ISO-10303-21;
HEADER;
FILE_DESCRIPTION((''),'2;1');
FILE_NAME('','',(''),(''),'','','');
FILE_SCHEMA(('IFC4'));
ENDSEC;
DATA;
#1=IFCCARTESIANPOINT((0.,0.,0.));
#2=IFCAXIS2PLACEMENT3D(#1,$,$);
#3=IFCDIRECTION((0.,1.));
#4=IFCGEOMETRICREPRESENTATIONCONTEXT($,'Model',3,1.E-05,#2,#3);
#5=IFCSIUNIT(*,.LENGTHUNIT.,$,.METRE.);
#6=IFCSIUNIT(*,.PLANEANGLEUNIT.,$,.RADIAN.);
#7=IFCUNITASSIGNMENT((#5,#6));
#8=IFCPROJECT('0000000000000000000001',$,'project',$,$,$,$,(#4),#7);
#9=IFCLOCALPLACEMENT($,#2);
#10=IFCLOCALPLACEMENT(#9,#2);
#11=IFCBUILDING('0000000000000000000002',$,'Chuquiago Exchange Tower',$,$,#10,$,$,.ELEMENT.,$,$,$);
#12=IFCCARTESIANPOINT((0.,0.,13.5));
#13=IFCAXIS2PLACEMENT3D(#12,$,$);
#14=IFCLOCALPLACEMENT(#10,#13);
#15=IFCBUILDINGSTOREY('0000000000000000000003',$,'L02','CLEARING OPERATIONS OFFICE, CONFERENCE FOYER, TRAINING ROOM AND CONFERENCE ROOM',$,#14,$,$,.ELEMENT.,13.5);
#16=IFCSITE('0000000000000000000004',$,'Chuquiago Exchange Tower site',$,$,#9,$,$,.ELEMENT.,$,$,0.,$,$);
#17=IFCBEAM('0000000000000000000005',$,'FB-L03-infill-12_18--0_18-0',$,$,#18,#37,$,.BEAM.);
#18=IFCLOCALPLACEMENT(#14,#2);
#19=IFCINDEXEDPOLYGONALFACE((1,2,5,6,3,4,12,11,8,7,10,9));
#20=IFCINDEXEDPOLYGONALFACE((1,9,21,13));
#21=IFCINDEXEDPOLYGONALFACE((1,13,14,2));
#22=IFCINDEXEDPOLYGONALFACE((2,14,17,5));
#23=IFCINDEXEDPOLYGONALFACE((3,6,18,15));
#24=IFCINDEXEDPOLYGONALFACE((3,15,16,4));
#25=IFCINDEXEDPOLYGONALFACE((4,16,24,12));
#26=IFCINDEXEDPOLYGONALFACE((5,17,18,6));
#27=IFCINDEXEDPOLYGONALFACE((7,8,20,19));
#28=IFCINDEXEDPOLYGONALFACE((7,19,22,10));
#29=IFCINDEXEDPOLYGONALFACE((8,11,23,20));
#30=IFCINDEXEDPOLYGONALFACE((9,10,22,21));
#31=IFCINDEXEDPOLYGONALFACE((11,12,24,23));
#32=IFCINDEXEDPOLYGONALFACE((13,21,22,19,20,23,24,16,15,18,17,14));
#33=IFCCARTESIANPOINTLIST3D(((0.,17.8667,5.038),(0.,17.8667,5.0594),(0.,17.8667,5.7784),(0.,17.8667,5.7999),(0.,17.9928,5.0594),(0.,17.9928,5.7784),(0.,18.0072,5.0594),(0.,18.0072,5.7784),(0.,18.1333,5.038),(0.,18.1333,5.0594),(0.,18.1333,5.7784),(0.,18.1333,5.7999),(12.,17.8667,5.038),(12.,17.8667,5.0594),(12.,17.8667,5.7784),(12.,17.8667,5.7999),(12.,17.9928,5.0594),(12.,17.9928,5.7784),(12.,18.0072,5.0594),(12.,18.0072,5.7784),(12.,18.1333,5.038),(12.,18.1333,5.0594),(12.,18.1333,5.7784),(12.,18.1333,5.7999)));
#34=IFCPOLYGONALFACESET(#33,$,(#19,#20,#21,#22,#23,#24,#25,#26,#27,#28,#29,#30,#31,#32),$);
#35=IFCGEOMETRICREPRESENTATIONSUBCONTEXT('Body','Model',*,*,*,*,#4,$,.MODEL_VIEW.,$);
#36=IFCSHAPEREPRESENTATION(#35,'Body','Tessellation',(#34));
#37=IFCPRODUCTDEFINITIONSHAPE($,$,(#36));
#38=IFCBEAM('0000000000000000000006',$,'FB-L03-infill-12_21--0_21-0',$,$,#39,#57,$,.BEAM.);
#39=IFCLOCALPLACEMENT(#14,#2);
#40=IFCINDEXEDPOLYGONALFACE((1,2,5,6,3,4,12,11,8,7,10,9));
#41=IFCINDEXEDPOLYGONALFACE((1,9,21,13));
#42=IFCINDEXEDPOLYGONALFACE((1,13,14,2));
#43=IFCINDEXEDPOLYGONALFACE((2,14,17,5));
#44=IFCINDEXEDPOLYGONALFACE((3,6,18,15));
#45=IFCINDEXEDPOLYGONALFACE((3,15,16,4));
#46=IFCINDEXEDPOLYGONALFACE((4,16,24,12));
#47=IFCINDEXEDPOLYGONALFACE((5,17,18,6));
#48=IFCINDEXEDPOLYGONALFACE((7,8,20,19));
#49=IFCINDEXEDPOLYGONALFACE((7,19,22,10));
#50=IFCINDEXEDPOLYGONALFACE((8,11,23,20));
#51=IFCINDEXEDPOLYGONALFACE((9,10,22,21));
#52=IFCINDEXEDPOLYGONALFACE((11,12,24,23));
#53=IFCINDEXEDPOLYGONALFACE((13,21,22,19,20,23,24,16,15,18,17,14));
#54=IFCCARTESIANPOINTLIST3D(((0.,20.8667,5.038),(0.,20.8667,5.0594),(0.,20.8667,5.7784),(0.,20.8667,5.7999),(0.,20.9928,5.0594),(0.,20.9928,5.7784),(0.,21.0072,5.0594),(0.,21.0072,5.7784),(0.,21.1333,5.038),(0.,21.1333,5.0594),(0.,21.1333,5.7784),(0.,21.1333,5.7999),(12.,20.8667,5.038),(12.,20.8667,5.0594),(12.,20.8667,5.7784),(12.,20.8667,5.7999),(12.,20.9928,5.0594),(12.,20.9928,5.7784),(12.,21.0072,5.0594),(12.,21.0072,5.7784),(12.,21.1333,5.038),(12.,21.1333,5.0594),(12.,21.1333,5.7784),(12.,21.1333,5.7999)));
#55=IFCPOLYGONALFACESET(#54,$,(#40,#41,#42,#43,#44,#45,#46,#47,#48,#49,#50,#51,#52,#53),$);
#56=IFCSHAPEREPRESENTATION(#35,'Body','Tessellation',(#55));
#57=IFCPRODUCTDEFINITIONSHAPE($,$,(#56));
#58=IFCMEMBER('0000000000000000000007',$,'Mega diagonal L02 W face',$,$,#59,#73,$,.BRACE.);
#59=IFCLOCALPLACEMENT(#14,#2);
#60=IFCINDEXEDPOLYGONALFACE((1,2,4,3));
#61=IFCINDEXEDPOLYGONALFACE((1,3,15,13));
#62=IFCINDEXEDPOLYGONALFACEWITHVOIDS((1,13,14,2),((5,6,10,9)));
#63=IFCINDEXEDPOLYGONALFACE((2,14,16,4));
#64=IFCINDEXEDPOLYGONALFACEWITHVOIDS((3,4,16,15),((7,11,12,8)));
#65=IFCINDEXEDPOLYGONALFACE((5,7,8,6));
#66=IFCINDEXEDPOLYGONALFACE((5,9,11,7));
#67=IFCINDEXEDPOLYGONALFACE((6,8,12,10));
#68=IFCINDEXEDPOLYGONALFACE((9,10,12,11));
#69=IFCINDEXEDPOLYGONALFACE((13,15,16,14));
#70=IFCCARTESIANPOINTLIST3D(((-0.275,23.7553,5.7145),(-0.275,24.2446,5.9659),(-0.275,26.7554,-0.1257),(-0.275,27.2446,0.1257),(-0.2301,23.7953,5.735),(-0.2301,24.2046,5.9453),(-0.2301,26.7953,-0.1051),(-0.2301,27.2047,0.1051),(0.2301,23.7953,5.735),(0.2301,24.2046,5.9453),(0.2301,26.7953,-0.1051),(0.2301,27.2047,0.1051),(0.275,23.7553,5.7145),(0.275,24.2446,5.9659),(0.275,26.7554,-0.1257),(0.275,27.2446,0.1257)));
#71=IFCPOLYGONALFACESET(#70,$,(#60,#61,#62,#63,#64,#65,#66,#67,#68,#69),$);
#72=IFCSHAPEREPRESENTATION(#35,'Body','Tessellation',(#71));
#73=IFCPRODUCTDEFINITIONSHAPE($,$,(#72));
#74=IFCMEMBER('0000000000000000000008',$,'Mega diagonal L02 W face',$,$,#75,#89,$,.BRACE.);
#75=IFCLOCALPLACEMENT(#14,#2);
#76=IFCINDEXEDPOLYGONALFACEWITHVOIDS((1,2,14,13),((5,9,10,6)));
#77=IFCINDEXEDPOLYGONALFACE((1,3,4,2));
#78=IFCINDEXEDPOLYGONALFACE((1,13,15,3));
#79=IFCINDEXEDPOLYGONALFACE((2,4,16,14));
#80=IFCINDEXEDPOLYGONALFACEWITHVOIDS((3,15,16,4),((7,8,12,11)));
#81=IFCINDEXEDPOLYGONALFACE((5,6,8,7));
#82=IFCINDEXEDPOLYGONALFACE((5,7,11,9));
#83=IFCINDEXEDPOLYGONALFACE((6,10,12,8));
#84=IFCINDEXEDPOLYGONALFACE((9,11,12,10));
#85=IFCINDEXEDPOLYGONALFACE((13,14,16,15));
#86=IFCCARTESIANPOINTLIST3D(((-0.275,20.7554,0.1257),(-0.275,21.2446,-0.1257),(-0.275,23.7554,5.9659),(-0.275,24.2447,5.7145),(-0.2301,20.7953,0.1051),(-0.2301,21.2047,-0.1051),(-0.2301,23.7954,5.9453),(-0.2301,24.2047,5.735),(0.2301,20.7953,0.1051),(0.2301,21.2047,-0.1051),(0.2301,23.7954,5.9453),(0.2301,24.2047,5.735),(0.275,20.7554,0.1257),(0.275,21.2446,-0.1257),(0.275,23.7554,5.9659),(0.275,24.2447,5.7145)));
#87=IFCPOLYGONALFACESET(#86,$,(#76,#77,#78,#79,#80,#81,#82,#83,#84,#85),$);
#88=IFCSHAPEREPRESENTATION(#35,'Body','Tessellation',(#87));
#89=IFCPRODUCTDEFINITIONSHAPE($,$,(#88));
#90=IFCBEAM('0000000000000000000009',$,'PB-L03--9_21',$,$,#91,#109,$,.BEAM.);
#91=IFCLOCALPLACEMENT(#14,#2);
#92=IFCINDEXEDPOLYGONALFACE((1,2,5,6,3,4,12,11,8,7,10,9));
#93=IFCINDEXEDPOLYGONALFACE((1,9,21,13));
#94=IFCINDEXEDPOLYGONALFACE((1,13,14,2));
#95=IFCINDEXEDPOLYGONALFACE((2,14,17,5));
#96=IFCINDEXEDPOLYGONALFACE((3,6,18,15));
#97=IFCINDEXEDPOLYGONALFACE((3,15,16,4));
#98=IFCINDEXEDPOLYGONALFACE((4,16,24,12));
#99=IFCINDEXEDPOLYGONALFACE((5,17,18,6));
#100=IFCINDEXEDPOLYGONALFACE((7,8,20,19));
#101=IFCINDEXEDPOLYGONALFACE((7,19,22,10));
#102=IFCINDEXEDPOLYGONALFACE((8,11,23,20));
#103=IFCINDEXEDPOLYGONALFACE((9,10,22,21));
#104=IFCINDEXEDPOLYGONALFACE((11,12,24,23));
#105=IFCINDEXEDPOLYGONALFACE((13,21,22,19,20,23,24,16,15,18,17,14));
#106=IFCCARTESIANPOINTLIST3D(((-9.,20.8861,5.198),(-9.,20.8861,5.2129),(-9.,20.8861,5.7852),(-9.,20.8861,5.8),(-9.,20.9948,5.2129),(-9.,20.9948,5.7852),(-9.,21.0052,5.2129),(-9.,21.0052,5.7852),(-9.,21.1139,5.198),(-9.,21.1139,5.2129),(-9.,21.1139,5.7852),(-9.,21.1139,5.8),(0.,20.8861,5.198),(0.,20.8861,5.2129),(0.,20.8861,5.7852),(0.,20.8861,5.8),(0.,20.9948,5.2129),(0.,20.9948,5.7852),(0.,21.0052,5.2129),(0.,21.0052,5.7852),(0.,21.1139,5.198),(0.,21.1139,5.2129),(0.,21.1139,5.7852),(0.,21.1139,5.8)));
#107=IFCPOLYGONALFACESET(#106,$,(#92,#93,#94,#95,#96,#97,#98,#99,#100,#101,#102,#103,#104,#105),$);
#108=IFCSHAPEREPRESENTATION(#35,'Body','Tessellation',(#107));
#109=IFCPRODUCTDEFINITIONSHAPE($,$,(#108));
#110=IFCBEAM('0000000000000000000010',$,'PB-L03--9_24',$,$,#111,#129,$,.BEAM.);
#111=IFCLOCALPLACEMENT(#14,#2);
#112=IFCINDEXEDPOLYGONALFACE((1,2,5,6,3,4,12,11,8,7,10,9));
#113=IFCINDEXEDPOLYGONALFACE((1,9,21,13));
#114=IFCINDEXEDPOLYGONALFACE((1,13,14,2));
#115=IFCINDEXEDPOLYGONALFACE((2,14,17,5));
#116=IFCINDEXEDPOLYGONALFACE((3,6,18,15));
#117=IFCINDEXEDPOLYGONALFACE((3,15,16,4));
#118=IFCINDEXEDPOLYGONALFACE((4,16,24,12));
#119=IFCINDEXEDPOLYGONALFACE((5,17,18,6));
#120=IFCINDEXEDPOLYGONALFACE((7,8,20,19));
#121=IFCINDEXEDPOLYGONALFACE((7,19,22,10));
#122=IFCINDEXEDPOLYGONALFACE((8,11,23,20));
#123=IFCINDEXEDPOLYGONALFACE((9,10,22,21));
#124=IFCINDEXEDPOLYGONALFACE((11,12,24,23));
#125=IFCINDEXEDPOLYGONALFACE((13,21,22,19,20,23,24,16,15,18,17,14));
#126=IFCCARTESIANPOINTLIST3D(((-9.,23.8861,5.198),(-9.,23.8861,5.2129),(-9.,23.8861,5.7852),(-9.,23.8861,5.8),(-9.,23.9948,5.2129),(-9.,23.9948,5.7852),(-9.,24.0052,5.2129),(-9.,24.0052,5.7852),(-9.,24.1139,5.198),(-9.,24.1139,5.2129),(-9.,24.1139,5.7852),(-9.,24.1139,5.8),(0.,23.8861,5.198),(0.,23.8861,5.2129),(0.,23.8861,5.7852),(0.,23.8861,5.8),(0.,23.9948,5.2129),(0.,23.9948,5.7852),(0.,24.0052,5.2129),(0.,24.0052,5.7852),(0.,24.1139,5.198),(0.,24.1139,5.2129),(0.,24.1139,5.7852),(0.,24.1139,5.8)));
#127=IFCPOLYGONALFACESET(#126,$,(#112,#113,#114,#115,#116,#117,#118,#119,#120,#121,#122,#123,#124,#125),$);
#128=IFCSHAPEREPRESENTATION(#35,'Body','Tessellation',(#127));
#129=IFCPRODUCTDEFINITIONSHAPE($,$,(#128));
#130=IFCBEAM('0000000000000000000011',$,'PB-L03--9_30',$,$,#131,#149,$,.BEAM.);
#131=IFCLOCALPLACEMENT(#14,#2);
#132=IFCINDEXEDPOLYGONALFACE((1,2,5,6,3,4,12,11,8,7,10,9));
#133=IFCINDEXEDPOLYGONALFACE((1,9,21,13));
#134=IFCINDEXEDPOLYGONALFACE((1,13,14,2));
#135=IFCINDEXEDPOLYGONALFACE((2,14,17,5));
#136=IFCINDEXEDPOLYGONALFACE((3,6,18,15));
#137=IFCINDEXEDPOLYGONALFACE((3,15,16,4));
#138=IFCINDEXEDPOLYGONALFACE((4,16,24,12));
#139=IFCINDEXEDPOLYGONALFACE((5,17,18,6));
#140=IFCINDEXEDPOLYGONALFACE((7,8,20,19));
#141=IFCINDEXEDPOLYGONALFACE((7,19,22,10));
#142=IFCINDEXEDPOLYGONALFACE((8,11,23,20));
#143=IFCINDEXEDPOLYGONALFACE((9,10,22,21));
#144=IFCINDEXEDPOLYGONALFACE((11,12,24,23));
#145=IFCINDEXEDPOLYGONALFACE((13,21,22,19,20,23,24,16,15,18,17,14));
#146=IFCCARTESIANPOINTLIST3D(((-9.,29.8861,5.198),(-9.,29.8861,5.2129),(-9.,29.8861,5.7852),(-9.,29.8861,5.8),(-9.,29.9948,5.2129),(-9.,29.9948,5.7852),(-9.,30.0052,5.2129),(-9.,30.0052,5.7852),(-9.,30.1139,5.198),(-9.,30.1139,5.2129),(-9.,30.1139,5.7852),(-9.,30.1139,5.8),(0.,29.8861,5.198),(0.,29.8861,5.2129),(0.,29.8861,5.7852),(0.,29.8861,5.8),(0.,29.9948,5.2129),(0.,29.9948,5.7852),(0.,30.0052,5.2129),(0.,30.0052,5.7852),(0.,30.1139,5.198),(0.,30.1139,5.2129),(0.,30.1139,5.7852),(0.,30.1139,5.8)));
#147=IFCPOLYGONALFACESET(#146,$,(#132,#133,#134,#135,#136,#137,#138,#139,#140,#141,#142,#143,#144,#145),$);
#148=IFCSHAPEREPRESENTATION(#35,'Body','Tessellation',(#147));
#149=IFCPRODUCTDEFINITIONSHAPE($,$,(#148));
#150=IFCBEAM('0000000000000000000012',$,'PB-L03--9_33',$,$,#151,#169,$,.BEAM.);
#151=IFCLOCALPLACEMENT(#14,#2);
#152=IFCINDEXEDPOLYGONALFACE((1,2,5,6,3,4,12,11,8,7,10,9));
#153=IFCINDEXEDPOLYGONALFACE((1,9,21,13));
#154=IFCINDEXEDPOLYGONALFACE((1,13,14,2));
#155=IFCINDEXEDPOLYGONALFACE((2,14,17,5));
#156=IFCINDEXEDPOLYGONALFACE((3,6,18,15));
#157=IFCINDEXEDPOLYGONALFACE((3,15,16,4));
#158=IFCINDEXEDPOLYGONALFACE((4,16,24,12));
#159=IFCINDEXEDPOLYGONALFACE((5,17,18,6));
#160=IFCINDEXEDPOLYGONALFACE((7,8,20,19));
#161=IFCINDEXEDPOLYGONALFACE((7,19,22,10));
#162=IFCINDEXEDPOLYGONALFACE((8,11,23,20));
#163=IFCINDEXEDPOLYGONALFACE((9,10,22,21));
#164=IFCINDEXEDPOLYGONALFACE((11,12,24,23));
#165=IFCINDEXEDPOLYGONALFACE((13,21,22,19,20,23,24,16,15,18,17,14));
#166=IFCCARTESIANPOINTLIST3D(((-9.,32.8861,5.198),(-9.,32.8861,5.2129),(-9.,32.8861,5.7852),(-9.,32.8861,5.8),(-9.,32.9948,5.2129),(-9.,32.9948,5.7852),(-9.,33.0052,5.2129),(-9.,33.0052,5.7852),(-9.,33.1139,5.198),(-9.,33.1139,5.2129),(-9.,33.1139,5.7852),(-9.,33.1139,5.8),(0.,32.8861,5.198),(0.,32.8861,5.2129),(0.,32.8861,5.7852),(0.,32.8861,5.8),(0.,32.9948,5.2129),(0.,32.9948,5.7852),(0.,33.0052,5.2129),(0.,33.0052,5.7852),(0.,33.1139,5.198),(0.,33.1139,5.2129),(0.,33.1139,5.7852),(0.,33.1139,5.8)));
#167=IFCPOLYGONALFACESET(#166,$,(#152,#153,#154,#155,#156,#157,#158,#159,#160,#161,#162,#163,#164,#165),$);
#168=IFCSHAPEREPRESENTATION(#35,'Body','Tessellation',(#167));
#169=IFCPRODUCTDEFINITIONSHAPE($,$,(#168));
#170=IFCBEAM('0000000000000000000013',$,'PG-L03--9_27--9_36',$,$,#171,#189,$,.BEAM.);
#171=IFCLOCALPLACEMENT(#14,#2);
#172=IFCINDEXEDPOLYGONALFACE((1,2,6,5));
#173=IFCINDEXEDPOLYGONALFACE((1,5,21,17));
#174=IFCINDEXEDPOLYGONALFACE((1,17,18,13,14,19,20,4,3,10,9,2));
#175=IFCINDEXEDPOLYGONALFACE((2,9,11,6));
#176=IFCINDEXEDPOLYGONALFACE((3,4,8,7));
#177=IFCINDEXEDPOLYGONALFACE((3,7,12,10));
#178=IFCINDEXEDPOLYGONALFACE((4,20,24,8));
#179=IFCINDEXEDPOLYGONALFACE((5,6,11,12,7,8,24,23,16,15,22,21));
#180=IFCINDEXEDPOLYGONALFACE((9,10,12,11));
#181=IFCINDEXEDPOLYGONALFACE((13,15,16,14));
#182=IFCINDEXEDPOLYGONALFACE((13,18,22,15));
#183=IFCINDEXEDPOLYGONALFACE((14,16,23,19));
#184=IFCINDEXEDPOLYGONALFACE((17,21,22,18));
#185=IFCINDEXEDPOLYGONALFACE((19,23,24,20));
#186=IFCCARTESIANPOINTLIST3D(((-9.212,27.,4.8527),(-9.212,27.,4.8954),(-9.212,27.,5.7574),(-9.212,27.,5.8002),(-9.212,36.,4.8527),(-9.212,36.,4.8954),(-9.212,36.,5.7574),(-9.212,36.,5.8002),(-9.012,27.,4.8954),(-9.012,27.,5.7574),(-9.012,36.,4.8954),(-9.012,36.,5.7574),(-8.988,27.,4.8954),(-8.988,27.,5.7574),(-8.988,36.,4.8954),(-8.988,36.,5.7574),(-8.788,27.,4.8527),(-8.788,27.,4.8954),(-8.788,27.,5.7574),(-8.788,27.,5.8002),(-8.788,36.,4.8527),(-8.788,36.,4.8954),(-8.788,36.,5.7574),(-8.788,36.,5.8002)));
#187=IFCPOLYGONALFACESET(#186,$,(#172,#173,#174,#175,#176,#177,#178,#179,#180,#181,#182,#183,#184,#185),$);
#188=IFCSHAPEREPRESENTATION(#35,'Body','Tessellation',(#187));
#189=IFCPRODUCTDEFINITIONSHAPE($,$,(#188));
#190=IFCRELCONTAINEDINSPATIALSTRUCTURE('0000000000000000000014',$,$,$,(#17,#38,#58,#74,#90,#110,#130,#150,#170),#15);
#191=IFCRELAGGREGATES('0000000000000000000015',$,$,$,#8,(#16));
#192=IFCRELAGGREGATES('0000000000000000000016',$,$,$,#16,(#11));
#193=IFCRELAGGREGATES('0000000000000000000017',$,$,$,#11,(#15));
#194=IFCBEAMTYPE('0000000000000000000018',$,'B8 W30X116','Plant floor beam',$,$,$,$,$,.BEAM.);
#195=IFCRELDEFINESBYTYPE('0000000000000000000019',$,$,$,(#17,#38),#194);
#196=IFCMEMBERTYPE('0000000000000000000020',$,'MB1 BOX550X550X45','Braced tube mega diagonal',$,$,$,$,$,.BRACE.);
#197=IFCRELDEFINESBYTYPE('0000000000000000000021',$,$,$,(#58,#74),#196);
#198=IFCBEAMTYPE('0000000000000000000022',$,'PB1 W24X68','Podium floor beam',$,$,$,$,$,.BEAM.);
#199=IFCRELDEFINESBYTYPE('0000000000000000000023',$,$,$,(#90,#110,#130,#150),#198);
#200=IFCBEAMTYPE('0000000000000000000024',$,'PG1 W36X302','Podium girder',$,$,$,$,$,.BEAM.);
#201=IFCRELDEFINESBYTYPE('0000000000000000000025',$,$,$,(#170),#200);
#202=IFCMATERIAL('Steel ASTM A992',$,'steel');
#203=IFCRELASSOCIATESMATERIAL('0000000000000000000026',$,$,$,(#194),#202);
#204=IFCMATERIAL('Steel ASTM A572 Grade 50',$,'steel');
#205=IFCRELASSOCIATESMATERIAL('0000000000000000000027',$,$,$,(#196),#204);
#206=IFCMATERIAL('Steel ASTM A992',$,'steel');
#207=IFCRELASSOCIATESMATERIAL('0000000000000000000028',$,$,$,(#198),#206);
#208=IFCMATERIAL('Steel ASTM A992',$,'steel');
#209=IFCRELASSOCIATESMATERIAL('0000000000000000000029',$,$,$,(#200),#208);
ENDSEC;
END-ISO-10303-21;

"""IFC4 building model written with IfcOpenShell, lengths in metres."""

from ifc_helpers import new_model, si_unit, direction, frame, origin, origin_2d, place, context, subcontext, project, spatial, hollow_rectangle, i_section, extrude, material, material_profile, profile_set, type_object, element, save


model = new_model("IFC4")

# Units and contexts
model_context = context("Model", 3, precision=1e-05, world=origin(), true_north=direction((0.0, 1.0)))
body_context = subcontext(model_context, "Body", "Model", "MODEL_VIEW")
ifc_project = project(units=[si_unit("LENGTHUNIT", "METRE"), si_unit("PLANEANGLEUNIT", "RADIAN")], contexts=[model_context])

# Site, building, storey
site_placement = place(None, origin())
site = spatial("IfcSite", under=ifc_project, at=site_placement, Name="Chuquiago Exchange Tower site", CompositionType="ELEMENT", RefElevation=0.0)
building_placement = place(site_placement, origin())
building = spatial("IfcBuilding", under=site, at=building_placement, Name="Chuquiago Exchange Tower", CompositionType="ELEMENT")
storey_placement = place(building_placement, frame((0.0, 0.0, 13.5)))
storey = spatial("IfcBuildingStorey", under=building, at=storey_placement, Name="L02", Description="CLEARING OPERATIONS OFFICE, CONFERENCE FOYER, TRAINING ROOM AND CONFERENCE ROOM", CompositionType="ELEMENT", Elevation=13.5)

# Beams
ifc_material_1 = material(Name="Steel ASTM A992", Category="steel")
ifc_material_profile_1 = material_profile(ifc_material_1, i_section(OverallWidth=0.2666, OverallDepth=0.762, WebThickness=0.0144, FlangeThickness=0.0215, at=origin_2d()), Name="W30X116")
ifc_profile_set_1 = profile_set([ifc_material_profile_1], Name="Steel ASTM A992")
beam_type_1 = type_object("IfcBeamType", Name="B8 W30X116", Description="Plant floor beam", PredefinedType="BEAM", material=ifc_profile_set_1)
for number, where, z_axis, x_axis, name in (
    (1, (12.0, 18.0, 5.4189), (-1.0, 0.0, 0.0), (0.0, -1.0, 0.0), "FB-L03-infill-12_18--0_18-0"),
    (2, (12.0, 21.0, 5.4189), (-1.0, 0.0, 0.0), (0.0, -1.0, 0.0), "FB-L03-infill-12_21--0_21-0"),
):
    element("IfcBeam", number, at=place(storey_placement, frame(where, z_axis=z_axis, x_axis=x_axis)), inside=storey, type_object=beam_type_1, Name=name, PredefinedType="BEAM", context=body_context, shape_type="SweptSolid", body=[
        extrude(i_section(OverallWidth=0.2666, OverallDepth=0.762, WebThickness=0.0144, FlangeThickness=0.0215, at=origin_2d()), origin(), (0.0, 0.0, 1.0), 12.0),
    ])

# Members
ifc_material_2 = material(Name="Steel ASTM A572 Grade 50", Category="steel")
ifc_material_profile_2 = material_profile(ifc_material_2, hollow_rectangle(XDim=0.55, YDim=0.55, WallThickness=0.0449, at=origin_2d()), Name="BOX550X550X45")
ifc_profile_set_2 = profile_set([ifc_material_profile_2], Name="Steel ASTM A572 Grade 50")
member_type = type_object("IfcMemberType", Name="MB1 BOX550X550X45", Description="Braced tube mega diagonal", PredefinedType="BRACE", material=ifc_profile_set_2)
for number, where, z_axis, x_axis, name in (
    (3, (0.0, 27.0, 0.0), (0.0, -0.45693, 0.889503), (1.0, 0.0, 0.0), "Mega diagonal L02 W face"),
    (4, (0.0, 21.0, 0.0), (0.0, 0.45693, 0.889503), (-1.0, 0.0, 0.0), "Mega diagonal L02 W face"),
):
    element("IfcMember", number, at=place(storey_placement, frame(where, z_axis=z_axis, x_axis=x_axis)), inside=storey, type_object=member_type, Name=name, PredefinedType="BRACE", context=body_context, shape_type="SweptSolid", body=[
        extrude(hollow_rectangle(XDim=0.55, YDim=0.55, WallThickness=0.0449, at=origin_2d()), origin(), (0.0, 0.0, 1.0), 6.5657),
    ])

# Beams
ifc_material_3 = material(Name="Steel ASTM A992", Category="steel")
ifc_material_profile_3 = material_profile(ifc_material_3, i_section(OverallWidth=0.2278, OverallDepth=0.6021, WebThickness=0.0105, FlangeThickness=0.0149, at=origin_2d()), Name="W24X68")
ifc_profile_set_3 = profile_set([ifc_material_profile_3], Name="Steel ASTM A992")
beam_type_2 = type_object("IfcBeamType", Name="PB1 W24X68", Description="Podium floor beam", PredefinedType="BEAM", material=ifc_profile_set_3)
for number, where, z_axis, x_axis, name in (
    (5, (-9.0, 21.0, 5.499), (1.0, 0.0, 0.0), (0.0, 1.0, 0.0), "PB-L03--9_21"),
    (6, (-9.0, 24.0, 5.499), (1.0, 0.0, 0.0), (0.0, 1.0, 0.0), "PB-L03--9_24"),
    (7, (-9.0, 30.0, 5.499), (1.0, 0.0, 0.0), (0.0, 1.0, 0.0), "PB-L03--9_30"),
    (8, (-9.0, 33.0, 5.499), (1.0, 0.0, 0.0), (0.0, 1.0, 0.0), "PB-L03--9_33"),
):
    element("IfcBeam", number, at=place(storey_placement, frame(where, z_axis=z_axis, x_axis=x_axis)), inside=storey, type_object=beam_type_2, Name=name, PredefinedType="BEAM", context=body_context, shape_type="SweptSolid", body=[
        extrude(i_section(OverallWidth=0.2278, OverallDepth=0.6021, WebThickness=0.0105, FlangeThickness=0.0149, at=origin_2d()), origin(), (0.0, 0.0, 1.0), 9.0),
    ])
ifc_material_4 = material(Name="Steel ASTM A992", Category="steel")
ifc_material_profile_4 = material_profile(ifc_material_4, i_section(OverallWidth=0.4241, OverallDepth=0.9475, WebThickness=0.0239, FlangeThickness=0.0427, at=origin_2d()), Name="W36X302")
ifc_profile_set_4 = profile_set([ifc_material_profile_4], Name="Steel ASTM A992")
beam_type_3 = type_object("IfcBeamType", Name="PG1 W36X302", Description="Podium girder", PredefinedType="BEAM", material=ifc_profile_set_4)
for number, where, z_axis, x_axis, name in (
    (9, (-9.0, 27.0, 5.3264), (0.0, 1.0, 0.0), (-1.0, 0.0, 0.0), "PG-L03--9_27--9_36"),
):
    element("IfcBeam", number, at=place(storey_placement, frame(where, z_axis=z_axis, x_axis=x_axis)), inside=storey, type_object=beam_type_3, Name=name, PredefinedType="BEAM", context=body_context, shape_type="SweptSolid", body=[
        extrude(i_section(OverallWidth=0.4241, OverallDepth=0.9475, WebThickness=0.0239, FlangeThickness=0.0427, at=origin_2d()), origin(), (0.0, 0.0, 1.0), 9.0),
    ])

save(model, "model.ifc")
